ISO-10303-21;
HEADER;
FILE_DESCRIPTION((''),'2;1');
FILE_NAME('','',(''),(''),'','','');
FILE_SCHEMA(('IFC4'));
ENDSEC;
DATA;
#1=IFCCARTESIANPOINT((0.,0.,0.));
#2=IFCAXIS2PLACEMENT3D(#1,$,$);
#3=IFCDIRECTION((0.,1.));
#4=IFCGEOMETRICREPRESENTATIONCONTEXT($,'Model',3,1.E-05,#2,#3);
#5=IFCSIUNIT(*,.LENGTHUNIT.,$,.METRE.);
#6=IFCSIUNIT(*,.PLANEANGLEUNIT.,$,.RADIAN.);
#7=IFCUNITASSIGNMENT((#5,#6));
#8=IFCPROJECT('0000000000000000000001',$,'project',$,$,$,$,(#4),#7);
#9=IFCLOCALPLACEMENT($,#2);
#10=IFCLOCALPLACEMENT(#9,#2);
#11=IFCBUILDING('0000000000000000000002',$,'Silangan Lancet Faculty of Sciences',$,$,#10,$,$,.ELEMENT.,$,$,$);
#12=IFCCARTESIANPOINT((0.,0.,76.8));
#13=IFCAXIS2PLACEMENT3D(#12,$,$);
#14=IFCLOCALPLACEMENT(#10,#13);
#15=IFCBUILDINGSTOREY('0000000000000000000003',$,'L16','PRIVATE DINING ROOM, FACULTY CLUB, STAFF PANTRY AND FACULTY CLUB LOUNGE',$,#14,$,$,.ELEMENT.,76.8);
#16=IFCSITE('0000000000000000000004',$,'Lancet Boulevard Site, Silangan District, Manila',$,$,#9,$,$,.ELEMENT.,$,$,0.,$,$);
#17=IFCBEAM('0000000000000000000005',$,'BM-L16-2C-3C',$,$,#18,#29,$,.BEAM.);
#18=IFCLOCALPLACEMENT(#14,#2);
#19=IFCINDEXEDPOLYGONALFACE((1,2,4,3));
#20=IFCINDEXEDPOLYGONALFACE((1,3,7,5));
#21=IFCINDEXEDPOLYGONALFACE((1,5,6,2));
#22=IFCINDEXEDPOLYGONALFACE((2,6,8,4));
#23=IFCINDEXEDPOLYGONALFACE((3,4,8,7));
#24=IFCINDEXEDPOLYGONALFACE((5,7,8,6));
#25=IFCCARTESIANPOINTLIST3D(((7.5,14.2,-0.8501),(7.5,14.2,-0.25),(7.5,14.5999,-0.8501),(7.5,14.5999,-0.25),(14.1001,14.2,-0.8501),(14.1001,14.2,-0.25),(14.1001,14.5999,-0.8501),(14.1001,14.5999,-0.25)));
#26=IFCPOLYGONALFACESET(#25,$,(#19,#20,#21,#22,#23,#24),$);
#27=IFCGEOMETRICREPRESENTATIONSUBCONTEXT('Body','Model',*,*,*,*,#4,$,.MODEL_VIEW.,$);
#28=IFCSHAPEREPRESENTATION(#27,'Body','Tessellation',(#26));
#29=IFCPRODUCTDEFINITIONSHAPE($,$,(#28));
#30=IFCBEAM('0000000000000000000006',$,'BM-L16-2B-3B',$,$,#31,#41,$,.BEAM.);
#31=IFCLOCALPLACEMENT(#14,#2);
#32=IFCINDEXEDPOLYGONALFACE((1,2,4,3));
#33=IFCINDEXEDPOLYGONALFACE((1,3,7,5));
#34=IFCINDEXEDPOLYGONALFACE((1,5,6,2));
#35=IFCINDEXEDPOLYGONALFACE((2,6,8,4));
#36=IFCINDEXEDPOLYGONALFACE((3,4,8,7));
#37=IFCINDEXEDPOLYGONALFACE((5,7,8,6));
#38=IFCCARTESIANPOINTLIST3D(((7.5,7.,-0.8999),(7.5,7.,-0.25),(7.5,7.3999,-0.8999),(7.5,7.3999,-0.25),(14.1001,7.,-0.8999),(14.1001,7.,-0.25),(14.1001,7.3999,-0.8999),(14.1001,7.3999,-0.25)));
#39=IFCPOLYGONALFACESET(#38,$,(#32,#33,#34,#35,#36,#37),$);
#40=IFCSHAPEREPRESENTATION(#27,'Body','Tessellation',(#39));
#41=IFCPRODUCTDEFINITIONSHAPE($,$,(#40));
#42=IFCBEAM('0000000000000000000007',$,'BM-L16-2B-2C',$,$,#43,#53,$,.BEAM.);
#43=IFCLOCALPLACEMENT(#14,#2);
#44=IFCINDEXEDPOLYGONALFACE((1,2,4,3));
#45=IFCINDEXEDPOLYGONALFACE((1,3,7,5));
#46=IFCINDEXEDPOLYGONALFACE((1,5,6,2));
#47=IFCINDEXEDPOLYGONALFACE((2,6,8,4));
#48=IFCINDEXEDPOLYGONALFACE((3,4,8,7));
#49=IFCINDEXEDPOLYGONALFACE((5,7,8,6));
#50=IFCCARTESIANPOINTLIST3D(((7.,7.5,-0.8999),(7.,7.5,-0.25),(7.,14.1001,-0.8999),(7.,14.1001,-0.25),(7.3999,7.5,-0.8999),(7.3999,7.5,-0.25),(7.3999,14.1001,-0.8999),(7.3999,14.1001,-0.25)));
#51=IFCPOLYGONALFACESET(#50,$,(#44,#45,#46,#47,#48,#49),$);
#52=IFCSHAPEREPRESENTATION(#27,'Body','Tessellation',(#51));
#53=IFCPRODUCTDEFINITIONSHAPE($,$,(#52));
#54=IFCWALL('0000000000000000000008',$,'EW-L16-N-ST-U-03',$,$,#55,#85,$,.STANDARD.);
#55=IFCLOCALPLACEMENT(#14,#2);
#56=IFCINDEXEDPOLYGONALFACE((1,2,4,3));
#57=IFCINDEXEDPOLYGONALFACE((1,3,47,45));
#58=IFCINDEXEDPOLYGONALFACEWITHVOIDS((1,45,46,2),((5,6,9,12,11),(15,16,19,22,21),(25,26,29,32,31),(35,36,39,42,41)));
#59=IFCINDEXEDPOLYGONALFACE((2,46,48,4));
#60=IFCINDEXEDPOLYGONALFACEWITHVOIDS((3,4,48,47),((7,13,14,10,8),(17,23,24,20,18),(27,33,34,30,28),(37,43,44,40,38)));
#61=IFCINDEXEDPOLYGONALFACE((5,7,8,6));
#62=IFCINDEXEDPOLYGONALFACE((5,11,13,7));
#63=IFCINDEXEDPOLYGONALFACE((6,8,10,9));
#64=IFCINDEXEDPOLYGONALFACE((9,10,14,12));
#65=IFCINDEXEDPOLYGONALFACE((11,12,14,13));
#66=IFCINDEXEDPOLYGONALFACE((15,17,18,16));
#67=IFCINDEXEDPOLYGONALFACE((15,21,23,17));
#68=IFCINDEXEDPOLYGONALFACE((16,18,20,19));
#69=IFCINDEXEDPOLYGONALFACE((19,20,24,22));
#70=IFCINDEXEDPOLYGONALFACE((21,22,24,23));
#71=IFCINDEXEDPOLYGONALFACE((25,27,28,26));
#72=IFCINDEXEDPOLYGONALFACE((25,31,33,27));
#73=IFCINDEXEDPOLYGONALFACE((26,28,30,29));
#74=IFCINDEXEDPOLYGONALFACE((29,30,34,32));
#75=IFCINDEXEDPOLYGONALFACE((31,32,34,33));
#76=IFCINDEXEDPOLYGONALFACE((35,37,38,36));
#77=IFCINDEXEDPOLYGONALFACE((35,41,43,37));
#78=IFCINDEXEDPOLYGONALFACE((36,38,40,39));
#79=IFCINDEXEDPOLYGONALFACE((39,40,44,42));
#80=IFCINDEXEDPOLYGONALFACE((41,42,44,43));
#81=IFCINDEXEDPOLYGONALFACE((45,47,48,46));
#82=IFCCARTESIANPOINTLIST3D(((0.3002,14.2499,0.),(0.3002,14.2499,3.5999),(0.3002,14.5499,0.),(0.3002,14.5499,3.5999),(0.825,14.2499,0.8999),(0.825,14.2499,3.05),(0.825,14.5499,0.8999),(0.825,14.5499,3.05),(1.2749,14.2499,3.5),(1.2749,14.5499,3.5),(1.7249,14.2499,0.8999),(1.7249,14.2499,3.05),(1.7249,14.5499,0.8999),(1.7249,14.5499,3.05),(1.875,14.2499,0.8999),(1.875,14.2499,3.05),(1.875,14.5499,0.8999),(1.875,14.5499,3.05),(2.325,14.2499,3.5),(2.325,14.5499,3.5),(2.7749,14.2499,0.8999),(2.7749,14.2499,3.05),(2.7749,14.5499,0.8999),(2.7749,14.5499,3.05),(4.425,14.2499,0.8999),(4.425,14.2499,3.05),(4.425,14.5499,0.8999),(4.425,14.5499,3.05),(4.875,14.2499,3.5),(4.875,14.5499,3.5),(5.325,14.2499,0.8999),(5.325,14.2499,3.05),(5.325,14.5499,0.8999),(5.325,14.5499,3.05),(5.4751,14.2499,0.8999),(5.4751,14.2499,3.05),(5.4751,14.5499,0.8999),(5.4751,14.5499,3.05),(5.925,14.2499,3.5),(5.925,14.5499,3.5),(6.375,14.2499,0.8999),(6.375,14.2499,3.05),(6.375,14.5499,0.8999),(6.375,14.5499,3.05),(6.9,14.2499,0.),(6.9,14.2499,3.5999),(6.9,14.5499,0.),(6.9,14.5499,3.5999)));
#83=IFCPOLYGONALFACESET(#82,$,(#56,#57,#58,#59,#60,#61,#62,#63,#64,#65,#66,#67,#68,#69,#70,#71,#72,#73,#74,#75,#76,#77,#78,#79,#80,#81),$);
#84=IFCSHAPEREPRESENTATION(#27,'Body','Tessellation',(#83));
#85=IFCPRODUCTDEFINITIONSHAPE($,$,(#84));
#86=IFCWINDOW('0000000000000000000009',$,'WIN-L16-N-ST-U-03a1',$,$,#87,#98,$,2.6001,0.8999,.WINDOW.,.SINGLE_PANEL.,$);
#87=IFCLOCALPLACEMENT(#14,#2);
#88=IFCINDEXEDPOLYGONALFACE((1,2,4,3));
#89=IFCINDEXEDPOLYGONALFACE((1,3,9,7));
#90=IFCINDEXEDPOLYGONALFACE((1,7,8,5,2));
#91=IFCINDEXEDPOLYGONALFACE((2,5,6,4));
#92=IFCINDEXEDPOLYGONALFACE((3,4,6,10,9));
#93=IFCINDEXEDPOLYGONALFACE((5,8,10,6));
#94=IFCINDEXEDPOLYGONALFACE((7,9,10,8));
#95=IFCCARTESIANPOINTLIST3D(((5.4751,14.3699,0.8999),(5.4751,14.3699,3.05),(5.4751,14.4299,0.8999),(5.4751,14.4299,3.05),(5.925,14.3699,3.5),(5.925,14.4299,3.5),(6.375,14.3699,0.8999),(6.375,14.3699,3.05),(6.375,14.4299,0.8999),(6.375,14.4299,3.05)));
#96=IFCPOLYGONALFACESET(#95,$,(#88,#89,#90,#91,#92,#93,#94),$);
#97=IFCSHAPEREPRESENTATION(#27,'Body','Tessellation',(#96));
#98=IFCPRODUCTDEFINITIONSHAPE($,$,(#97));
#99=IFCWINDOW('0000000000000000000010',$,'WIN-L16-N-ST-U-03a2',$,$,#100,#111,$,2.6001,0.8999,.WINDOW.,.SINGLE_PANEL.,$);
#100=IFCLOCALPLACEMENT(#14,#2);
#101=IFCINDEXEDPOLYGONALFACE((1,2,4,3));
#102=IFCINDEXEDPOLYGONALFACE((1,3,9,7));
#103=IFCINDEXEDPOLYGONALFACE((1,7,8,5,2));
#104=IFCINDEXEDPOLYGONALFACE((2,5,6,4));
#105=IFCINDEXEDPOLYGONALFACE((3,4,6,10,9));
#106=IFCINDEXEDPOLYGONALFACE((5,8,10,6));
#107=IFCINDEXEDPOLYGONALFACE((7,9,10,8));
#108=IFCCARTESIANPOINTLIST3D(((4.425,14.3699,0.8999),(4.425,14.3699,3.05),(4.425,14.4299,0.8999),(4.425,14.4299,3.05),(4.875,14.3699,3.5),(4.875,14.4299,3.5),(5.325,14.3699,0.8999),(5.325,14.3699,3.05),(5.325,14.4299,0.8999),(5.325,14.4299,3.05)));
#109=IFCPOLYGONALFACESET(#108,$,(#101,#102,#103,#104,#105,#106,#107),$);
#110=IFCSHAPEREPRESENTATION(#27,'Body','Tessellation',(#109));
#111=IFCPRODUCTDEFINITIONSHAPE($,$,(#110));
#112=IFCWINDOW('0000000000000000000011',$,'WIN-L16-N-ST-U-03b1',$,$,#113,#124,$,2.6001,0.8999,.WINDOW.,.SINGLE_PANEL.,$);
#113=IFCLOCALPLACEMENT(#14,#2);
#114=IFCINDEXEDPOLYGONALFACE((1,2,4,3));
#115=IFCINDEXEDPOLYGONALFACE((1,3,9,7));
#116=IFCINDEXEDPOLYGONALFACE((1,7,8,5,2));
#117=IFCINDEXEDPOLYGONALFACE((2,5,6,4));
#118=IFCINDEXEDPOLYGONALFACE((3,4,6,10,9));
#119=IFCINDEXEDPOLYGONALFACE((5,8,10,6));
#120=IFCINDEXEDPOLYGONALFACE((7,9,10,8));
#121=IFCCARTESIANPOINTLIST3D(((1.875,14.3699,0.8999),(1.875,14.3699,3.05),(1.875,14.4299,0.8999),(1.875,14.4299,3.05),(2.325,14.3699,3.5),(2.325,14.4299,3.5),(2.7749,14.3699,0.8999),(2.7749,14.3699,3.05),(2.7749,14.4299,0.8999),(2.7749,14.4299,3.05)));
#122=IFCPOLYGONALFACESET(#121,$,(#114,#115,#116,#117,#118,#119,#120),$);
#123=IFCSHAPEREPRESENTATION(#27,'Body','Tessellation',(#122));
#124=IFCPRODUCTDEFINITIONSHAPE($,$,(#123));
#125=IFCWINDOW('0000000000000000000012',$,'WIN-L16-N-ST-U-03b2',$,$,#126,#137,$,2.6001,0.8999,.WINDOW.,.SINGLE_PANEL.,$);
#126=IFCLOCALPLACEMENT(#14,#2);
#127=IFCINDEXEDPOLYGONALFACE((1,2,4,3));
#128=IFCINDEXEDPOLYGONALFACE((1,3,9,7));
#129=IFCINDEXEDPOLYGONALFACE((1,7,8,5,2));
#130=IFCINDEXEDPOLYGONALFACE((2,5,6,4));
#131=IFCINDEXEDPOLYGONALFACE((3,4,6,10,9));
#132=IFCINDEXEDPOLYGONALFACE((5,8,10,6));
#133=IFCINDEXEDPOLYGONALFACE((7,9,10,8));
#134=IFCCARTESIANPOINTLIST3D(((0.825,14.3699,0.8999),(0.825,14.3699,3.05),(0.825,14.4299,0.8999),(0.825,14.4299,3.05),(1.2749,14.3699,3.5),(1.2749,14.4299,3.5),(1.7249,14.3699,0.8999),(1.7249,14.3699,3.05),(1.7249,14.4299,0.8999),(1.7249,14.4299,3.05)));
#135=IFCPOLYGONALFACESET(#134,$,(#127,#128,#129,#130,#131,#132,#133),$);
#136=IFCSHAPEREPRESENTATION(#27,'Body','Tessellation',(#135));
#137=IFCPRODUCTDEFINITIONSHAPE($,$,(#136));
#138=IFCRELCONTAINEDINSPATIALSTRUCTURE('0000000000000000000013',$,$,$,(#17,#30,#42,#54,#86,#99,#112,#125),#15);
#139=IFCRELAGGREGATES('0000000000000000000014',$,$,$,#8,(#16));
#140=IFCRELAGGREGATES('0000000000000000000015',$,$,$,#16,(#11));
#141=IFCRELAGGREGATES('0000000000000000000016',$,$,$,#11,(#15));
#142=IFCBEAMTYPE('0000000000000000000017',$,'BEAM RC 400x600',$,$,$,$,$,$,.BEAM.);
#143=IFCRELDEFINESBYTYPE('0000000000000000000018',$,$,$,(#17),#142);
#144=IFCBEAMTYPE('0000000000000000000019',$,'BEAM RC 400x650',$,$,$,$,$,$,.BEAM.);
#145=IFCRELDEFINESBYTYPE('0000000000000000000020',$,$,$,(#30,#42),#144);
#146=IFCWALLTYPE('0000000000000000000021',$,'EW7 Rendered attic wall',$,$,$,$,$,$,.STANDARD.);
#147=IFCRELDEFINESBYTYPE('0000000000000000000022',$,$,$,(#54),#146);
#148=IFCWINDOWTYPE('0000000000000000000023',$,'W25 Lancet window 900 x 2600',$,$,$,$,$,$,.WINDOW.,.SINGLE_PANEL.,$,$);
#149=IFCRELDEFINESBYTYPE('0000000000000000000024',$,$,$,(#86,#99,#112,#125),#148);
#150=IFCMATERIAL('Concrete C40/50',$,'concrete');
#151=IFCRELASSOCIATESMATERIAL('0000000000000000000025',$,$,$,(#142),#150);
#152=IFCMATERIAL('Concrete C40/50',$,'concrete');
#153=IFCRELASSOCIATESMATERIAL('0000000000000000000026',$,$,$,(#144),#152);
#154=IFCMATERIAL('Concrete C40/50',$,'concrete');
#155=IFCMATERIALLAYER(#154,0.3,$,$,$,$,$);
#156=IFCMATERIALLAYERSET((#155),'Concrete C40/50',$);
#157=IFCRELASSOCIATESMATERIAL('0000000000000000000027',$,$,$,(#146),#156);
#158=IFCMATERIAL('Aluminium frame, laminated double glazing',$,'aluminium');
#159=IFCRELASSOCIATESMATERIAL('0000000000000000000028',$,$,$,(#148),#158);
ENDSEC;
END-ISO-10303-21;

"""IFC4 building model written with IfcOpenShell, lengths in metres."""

from ifc_helpers import new_model, si_unit, direction, frame, frame_2d, origin, origin_2d, place, context, subcontext, project, spatial, polyline, rectangle, outline, extrude, material, layer, layer_set, material_profile, profile_set, type_object, element, fill, save


model = new_model("IFC4")

# Units and contexts
model_context = context("Model", 3, precision=1e-05, world=origin(), true_north=direction((0.0, 1.0)))
body_context = subcontext(model_context, "Body", "Model", "MODEL_VIEW")
ifc_project = project(units=[si_unit("LENGTHUNIT", "METRE"), si_unit("PLANEANGLEUNIT", "RADIAN")], contexts=[model_context])

# Site, building, storey
site_placement = place(None, origin())
site = spatial("IfcSite", under=ifc_project, at=site_placement, Name="Lancet Boulevard Site, Silangan District, Manila", CompositionType="ELEMENT", RefElevation=0.0)
building_placement = place(site_placement, origin())
building = spatial("IfcBuilding", under=site, at=building_placement, Name="Silangan Lancet Faculty of Sciences", CompositionType="ELEMENT")
storey_placement = place(building_placement, frame((0.0, 0.0, 76.8)))
storey = spatial("IfcBuildingStorey", under=building, at=storey_placement, Name="L16", Description="PRIVATE DINING ROOM, FACULTY CLUB, STAFF PANTRY AND FACULTY CLUB LOUNGE", CompositionType="ELEMENT", Elevation=76.8)

# Beams
ifc_material_1 = material(Name="Concrete C40/50", Category="concrete")
ifc_material_profile_1 = material_profile(ifc_material_1, rectangle(XDim=0.3999, YDim=0.6001, at=origin_2d()), Name="RC 400x600")
ifc_profile_set_1 = profile_set([ifc_material_profile_1], Name="Concrete C40/50")
beam_type_1 = type_object("IfcBeamType", Name="BEAM RC 400x600", PredefinedType="BEAM", material=ifc_profile_set_1)
beam_placement = place(storey_placement, frame((7.5, 14.3999, -0.55), z_axis=(1.0, 0.0, 0.0), x_axis=(0.0, 1.0, 0.0)))
element("IfcBeam", 1, at=beam_placement, inside=storey, type_object=beam_type_1, Name="BM-L16-2C-3C", PredefinedType="BEAM", context=body_context, shape_type="SweptSolid", body=[
    extrude(rectangle(XDim=0.3999, YDim=0.6001, at=origin_2d()), origin(), (0.0, 0.0, 1.0), 6.6001),
])
ifc_material_2 = material(Name="Concrete C40/50", Category="concrete")
ifc_material_profile_2 = material_profile(ifc_material_2, rectangle(XDim=0.3999, YDim=0.6499, at=origin_2d()), Name="RC 400x650")
ifc_profile_set_2 = profile_set([ifc_material_profile_2], Name="Concrete C40/50")
beam_type_2 = type_object("IfcBeamType", Name="BEAM RC 400x650", PredefinedType="BEAM", material=ifc_profile_set_2)
for number, where, z_axis, x_axis, name in (
    (2, (7.5, 7.2, -0.575), (1.0, 0.0, 0.0), (0.0, 1.0, 0.0), "BM-L16-2B-3B"),
    (3, (7.2, 7.5, -0.575), (0.0, 1.0, 0.0), (-1.0, 0.0, 0.0), "BM-L16-2B-2C"),
):
    element("IfcBeam", number, at=place(storey_placement, frame(where, z_axis=z_axis, x_axis=x_axis)), inside=storey, type_object=beam_type_2, Name=name, PredefinedType="BEAM", context=body_context, shape_type="SweptSolid", body=[
        extrude(rectangle(XDim=0.3999, YDim=0.6499, at=origin_2d()), origin(), (0.0, 0.0, 1.0), 6.6001),
    ])

# Wall, openings, windows
ifc_material_3 = material(Name="Concrete C40/50", Category="concrete")
ifc_layer_1 = layer(ifc_material_3, 0.3)
ifc_layer_set_1 = layer_set([ifc_layer_1], Name="Concrete C40/50")
wall_type_1 = type_object("IfcWallType", Name="EW7 Rendered attic wall", PredefinedType="STANDARD", material=ifc_layer_set_1)
wall_1_placement = place(storey_placement, frame((6.8999, 14.3999, 0.0), z_axis=(0.0, 0.0, 1.0), x_axis=(-1.0, 0.0, 0.0)))
wall_1 = element("IfcWall", 4, at=wall_1_placement, inside=storey, type_object=wall_type_1, Name="EW-L16-N-ST-U-03", PredefinedType="STANDARD", context=body_context, shape_type="SweptSolid", body=[
    extrude(rectangle(XDim=6.5999, YDim=0.3, at=frame_2d((3.2998, 0.0))), origin(), (0.0, 0.0, 1.0), 3.5999),
])
opening_1_placement = place(wall_1_placement, frame((0.5249, 0.0, 0.8999)))
opening_1 = element("IfcOpeningElement", 5, at=opening_1_placement, cuts=wall_1, PredefinedType="OPENING", context=body_context, shape_type="SweptSolid", body=[
    extrude(outline(polyline([(0.0, 0.0), (0.8999, 0.0), (0.8999, 2.1501), (0.45, 2.6001), (0.0, 2.1501), (0.0, 0.0)])), frame((0.0, 0.1599, 0.0), z_axis=(0.0, -1.0, 0.0), x_axis=(1.0, 0.0, 0.0)), (0.0, 0.0, 1.0), 0.3201),
])
opening_2_placement = place(wall_1_placement, frame((1.575, 0.0, 0.8999)))
opening_2 = element("IfcOpeningElement", 6, at=opening_2_placement, cuts=wall_1, PredefinedType="OPENING", context=body_context, shape_type="SweptSolid", body=[
    extrude(outline(polyline([(0.0, 0.0), (0.8999, 0.0), (0.8999, 2.1501), (0.45, 2.6001), (0.0, 2.1501), (0.0, 0.0)])), frame((0.0, 0.1599, 0.0), z_axis=(0.0, -1.0, 0.0), x_axis=(1.0, 0.0, 0.0)), (0.0, 0.0, 1.0), 0.3201),
])
opening_3_placement = place(wall_1_placement, frame((4.125, 0.0, 0.8999)))
opening_3 = element("IfcOpeningElement", 7, at=opening_3_placement, cuts=wall_1, PredefinedType="OPENING", context=body_context, shape_type="SweptSolid", body=[
    extrude(outline(polyline([(0.0, 0.0), (0.8999, 0.0), (0.8999, 2.1501), (0.45, 2.6001), (0.0, 2.1501), (0.0, 0.0)])), frame((0.0, 0.1599, 0.0), z_axis=(0.0, -1.0, 0.0), x_axis=(1.0, 0.0, 0.0)), (0.0, 0.0, 1.0), 0.3201),
])
opening_4_placement = place(wall_1_placement, frame((5.175, 0.0, 0.8999)))
opening_4 = element("IfcOpeningElement", 8, at=opening_4_placement, cuts=wall_1, PredefinedType="OPENING", context=body_context, shape_type="SweptSolid", body=[
    extrude(outline(polyline([(0.0, 0.0), (0.8999, 0.0), (0.8999, 2.1501), (0.45, 2.6001), (0.0, 2.1501), (0.0, 0.0)])), frame((0.0, 0.1599, 0.0), z_axis=(0.0, -1.0, 0.0), x_axis=(1.0, 0.0, 0.0)), (0.0, 0.0, 1.0), 0.3201),
])
ifc_material_4 = material(Name="Aluminium frame, laminated double glazing", Category="aluminium")
window_type = type_object("IfcWindowType", Name="W25 Lancet window 900 x 2600", PartitioningType="SINGLE_PANEL", PredefinedType="WINDOW", material=ifc_material_4)
window_1_placement = place(opening_1_placement, origin())
window_1 = element("IfcWindow", 9, at=window_1_placement, inside=storey, type_object=window_type, Name="WIN-L16-N-ST-U-03a1", OverallHeight=2.6001, OverallWidth=0.8999, PartitioningType="SINGLE_PANEL", PredefinedType="WINDOW", context=body_context, shape_type="SweptSolid", body=[
    extrude(outline(polyline([(0.0, 0.0), (0.8999, 0.0), (0.8999, 2.1501), (0.45, 2.6001), (0.0, 2.1501), (0.0, 0.0)])), frame((0.0, 0.03, 0.0), z_axis=(0.0, -1.0, 0.0), x_axis=(1.0, 0.0, 0.0)), (0.0, 0.0, 1.0), 0.0601),
])
fill(opening_1, window_1)
window_2_placement = place(opening_2_placement, origin())
window_2 = element("IfcWindow", 10, at=window_2_placement, inside=storey, type_object=window_type, Name="WIN-L16-N-ST-U-03a2", OverallHeight=2.6001, OverallWidth=0.8999, PartitioningType="SINGLE_PANEL", PredefinedType="WINDOW", context=body_context, shape_type="SweptSolid", body=[
    extrude(outline(polyline([(0.0, 0.0), (0.8999, 0.0), (0.8999, 2.1501), (0.45, 2.6001), (0.0, 2.1501), (0.0, 0.0)])), frame((0.0, 0.03, 0.0), z_axis=(0.0, -1.0, 0.0), x_axis=(1.0, 0.0, 0.0)), (0.0, 0.0, 1.0), 0.0601),
])
fill(opening_2, window_2)
window_3_placement = place(opening_3_placement, origin())
window_3 = element("IfcWindow", 11, at=window_3_placement, inside=storey, type_object=window_type, Name="WIN-L16-N-ST-U-03b1", OverallHeight=2.6001, OverallWidth=0.8999, PartitioningType="SINGLE_PANEL", PredefinedType="WINDOW", context=body_context, shape_type="SweptSolid", body=[
    extrude(outline(polyline([(0.0, 0.0), (0.8999, 0.0), (0.8999, 2.1501), (0.45, 2.6001), (0.0, 2.1501), (0.0, 0.0)])), frame((0.0, 0.03, 0.0), z_axis=(0.0, -1.0, 0.0), x_axis=(1.0, 0.0, 0.0)), (0.0, 0.0, 1.0), 0.0601),
])
fill(opening_3, window_3)
window_4_placement = place(opening_4_placement, origin())
window_4 = element("IfcWindow", 12, at=window_4_placement, inside=storey, type_object=window_type, Name="WIN-L16-N-ST-U-03b2", OverallHeight=2.6001, OverallWidth=0.8999, PartitioningType="SINGLE_PANEL", PredefinedType="WINDOW", context=body_context, shape_type="SweptSolid", body=[
    extrude(outline(polyline([(0.0, 0.0), (0.8999, 0.0), (0.8999, 2.1501), (0.45, 2.6001), (0.0, 2.1501), (0.0, 0.0)])), frame((0.0, 0.03, 0.0), z_axis=(0.0, -1.0, 0.0), x_axis=(1.0, 0.0, 0.0)), (0.0, 0.0, 1.0), 0.0601),
])
fill(opening_4, window_4)

save(model, "model.ifc")
